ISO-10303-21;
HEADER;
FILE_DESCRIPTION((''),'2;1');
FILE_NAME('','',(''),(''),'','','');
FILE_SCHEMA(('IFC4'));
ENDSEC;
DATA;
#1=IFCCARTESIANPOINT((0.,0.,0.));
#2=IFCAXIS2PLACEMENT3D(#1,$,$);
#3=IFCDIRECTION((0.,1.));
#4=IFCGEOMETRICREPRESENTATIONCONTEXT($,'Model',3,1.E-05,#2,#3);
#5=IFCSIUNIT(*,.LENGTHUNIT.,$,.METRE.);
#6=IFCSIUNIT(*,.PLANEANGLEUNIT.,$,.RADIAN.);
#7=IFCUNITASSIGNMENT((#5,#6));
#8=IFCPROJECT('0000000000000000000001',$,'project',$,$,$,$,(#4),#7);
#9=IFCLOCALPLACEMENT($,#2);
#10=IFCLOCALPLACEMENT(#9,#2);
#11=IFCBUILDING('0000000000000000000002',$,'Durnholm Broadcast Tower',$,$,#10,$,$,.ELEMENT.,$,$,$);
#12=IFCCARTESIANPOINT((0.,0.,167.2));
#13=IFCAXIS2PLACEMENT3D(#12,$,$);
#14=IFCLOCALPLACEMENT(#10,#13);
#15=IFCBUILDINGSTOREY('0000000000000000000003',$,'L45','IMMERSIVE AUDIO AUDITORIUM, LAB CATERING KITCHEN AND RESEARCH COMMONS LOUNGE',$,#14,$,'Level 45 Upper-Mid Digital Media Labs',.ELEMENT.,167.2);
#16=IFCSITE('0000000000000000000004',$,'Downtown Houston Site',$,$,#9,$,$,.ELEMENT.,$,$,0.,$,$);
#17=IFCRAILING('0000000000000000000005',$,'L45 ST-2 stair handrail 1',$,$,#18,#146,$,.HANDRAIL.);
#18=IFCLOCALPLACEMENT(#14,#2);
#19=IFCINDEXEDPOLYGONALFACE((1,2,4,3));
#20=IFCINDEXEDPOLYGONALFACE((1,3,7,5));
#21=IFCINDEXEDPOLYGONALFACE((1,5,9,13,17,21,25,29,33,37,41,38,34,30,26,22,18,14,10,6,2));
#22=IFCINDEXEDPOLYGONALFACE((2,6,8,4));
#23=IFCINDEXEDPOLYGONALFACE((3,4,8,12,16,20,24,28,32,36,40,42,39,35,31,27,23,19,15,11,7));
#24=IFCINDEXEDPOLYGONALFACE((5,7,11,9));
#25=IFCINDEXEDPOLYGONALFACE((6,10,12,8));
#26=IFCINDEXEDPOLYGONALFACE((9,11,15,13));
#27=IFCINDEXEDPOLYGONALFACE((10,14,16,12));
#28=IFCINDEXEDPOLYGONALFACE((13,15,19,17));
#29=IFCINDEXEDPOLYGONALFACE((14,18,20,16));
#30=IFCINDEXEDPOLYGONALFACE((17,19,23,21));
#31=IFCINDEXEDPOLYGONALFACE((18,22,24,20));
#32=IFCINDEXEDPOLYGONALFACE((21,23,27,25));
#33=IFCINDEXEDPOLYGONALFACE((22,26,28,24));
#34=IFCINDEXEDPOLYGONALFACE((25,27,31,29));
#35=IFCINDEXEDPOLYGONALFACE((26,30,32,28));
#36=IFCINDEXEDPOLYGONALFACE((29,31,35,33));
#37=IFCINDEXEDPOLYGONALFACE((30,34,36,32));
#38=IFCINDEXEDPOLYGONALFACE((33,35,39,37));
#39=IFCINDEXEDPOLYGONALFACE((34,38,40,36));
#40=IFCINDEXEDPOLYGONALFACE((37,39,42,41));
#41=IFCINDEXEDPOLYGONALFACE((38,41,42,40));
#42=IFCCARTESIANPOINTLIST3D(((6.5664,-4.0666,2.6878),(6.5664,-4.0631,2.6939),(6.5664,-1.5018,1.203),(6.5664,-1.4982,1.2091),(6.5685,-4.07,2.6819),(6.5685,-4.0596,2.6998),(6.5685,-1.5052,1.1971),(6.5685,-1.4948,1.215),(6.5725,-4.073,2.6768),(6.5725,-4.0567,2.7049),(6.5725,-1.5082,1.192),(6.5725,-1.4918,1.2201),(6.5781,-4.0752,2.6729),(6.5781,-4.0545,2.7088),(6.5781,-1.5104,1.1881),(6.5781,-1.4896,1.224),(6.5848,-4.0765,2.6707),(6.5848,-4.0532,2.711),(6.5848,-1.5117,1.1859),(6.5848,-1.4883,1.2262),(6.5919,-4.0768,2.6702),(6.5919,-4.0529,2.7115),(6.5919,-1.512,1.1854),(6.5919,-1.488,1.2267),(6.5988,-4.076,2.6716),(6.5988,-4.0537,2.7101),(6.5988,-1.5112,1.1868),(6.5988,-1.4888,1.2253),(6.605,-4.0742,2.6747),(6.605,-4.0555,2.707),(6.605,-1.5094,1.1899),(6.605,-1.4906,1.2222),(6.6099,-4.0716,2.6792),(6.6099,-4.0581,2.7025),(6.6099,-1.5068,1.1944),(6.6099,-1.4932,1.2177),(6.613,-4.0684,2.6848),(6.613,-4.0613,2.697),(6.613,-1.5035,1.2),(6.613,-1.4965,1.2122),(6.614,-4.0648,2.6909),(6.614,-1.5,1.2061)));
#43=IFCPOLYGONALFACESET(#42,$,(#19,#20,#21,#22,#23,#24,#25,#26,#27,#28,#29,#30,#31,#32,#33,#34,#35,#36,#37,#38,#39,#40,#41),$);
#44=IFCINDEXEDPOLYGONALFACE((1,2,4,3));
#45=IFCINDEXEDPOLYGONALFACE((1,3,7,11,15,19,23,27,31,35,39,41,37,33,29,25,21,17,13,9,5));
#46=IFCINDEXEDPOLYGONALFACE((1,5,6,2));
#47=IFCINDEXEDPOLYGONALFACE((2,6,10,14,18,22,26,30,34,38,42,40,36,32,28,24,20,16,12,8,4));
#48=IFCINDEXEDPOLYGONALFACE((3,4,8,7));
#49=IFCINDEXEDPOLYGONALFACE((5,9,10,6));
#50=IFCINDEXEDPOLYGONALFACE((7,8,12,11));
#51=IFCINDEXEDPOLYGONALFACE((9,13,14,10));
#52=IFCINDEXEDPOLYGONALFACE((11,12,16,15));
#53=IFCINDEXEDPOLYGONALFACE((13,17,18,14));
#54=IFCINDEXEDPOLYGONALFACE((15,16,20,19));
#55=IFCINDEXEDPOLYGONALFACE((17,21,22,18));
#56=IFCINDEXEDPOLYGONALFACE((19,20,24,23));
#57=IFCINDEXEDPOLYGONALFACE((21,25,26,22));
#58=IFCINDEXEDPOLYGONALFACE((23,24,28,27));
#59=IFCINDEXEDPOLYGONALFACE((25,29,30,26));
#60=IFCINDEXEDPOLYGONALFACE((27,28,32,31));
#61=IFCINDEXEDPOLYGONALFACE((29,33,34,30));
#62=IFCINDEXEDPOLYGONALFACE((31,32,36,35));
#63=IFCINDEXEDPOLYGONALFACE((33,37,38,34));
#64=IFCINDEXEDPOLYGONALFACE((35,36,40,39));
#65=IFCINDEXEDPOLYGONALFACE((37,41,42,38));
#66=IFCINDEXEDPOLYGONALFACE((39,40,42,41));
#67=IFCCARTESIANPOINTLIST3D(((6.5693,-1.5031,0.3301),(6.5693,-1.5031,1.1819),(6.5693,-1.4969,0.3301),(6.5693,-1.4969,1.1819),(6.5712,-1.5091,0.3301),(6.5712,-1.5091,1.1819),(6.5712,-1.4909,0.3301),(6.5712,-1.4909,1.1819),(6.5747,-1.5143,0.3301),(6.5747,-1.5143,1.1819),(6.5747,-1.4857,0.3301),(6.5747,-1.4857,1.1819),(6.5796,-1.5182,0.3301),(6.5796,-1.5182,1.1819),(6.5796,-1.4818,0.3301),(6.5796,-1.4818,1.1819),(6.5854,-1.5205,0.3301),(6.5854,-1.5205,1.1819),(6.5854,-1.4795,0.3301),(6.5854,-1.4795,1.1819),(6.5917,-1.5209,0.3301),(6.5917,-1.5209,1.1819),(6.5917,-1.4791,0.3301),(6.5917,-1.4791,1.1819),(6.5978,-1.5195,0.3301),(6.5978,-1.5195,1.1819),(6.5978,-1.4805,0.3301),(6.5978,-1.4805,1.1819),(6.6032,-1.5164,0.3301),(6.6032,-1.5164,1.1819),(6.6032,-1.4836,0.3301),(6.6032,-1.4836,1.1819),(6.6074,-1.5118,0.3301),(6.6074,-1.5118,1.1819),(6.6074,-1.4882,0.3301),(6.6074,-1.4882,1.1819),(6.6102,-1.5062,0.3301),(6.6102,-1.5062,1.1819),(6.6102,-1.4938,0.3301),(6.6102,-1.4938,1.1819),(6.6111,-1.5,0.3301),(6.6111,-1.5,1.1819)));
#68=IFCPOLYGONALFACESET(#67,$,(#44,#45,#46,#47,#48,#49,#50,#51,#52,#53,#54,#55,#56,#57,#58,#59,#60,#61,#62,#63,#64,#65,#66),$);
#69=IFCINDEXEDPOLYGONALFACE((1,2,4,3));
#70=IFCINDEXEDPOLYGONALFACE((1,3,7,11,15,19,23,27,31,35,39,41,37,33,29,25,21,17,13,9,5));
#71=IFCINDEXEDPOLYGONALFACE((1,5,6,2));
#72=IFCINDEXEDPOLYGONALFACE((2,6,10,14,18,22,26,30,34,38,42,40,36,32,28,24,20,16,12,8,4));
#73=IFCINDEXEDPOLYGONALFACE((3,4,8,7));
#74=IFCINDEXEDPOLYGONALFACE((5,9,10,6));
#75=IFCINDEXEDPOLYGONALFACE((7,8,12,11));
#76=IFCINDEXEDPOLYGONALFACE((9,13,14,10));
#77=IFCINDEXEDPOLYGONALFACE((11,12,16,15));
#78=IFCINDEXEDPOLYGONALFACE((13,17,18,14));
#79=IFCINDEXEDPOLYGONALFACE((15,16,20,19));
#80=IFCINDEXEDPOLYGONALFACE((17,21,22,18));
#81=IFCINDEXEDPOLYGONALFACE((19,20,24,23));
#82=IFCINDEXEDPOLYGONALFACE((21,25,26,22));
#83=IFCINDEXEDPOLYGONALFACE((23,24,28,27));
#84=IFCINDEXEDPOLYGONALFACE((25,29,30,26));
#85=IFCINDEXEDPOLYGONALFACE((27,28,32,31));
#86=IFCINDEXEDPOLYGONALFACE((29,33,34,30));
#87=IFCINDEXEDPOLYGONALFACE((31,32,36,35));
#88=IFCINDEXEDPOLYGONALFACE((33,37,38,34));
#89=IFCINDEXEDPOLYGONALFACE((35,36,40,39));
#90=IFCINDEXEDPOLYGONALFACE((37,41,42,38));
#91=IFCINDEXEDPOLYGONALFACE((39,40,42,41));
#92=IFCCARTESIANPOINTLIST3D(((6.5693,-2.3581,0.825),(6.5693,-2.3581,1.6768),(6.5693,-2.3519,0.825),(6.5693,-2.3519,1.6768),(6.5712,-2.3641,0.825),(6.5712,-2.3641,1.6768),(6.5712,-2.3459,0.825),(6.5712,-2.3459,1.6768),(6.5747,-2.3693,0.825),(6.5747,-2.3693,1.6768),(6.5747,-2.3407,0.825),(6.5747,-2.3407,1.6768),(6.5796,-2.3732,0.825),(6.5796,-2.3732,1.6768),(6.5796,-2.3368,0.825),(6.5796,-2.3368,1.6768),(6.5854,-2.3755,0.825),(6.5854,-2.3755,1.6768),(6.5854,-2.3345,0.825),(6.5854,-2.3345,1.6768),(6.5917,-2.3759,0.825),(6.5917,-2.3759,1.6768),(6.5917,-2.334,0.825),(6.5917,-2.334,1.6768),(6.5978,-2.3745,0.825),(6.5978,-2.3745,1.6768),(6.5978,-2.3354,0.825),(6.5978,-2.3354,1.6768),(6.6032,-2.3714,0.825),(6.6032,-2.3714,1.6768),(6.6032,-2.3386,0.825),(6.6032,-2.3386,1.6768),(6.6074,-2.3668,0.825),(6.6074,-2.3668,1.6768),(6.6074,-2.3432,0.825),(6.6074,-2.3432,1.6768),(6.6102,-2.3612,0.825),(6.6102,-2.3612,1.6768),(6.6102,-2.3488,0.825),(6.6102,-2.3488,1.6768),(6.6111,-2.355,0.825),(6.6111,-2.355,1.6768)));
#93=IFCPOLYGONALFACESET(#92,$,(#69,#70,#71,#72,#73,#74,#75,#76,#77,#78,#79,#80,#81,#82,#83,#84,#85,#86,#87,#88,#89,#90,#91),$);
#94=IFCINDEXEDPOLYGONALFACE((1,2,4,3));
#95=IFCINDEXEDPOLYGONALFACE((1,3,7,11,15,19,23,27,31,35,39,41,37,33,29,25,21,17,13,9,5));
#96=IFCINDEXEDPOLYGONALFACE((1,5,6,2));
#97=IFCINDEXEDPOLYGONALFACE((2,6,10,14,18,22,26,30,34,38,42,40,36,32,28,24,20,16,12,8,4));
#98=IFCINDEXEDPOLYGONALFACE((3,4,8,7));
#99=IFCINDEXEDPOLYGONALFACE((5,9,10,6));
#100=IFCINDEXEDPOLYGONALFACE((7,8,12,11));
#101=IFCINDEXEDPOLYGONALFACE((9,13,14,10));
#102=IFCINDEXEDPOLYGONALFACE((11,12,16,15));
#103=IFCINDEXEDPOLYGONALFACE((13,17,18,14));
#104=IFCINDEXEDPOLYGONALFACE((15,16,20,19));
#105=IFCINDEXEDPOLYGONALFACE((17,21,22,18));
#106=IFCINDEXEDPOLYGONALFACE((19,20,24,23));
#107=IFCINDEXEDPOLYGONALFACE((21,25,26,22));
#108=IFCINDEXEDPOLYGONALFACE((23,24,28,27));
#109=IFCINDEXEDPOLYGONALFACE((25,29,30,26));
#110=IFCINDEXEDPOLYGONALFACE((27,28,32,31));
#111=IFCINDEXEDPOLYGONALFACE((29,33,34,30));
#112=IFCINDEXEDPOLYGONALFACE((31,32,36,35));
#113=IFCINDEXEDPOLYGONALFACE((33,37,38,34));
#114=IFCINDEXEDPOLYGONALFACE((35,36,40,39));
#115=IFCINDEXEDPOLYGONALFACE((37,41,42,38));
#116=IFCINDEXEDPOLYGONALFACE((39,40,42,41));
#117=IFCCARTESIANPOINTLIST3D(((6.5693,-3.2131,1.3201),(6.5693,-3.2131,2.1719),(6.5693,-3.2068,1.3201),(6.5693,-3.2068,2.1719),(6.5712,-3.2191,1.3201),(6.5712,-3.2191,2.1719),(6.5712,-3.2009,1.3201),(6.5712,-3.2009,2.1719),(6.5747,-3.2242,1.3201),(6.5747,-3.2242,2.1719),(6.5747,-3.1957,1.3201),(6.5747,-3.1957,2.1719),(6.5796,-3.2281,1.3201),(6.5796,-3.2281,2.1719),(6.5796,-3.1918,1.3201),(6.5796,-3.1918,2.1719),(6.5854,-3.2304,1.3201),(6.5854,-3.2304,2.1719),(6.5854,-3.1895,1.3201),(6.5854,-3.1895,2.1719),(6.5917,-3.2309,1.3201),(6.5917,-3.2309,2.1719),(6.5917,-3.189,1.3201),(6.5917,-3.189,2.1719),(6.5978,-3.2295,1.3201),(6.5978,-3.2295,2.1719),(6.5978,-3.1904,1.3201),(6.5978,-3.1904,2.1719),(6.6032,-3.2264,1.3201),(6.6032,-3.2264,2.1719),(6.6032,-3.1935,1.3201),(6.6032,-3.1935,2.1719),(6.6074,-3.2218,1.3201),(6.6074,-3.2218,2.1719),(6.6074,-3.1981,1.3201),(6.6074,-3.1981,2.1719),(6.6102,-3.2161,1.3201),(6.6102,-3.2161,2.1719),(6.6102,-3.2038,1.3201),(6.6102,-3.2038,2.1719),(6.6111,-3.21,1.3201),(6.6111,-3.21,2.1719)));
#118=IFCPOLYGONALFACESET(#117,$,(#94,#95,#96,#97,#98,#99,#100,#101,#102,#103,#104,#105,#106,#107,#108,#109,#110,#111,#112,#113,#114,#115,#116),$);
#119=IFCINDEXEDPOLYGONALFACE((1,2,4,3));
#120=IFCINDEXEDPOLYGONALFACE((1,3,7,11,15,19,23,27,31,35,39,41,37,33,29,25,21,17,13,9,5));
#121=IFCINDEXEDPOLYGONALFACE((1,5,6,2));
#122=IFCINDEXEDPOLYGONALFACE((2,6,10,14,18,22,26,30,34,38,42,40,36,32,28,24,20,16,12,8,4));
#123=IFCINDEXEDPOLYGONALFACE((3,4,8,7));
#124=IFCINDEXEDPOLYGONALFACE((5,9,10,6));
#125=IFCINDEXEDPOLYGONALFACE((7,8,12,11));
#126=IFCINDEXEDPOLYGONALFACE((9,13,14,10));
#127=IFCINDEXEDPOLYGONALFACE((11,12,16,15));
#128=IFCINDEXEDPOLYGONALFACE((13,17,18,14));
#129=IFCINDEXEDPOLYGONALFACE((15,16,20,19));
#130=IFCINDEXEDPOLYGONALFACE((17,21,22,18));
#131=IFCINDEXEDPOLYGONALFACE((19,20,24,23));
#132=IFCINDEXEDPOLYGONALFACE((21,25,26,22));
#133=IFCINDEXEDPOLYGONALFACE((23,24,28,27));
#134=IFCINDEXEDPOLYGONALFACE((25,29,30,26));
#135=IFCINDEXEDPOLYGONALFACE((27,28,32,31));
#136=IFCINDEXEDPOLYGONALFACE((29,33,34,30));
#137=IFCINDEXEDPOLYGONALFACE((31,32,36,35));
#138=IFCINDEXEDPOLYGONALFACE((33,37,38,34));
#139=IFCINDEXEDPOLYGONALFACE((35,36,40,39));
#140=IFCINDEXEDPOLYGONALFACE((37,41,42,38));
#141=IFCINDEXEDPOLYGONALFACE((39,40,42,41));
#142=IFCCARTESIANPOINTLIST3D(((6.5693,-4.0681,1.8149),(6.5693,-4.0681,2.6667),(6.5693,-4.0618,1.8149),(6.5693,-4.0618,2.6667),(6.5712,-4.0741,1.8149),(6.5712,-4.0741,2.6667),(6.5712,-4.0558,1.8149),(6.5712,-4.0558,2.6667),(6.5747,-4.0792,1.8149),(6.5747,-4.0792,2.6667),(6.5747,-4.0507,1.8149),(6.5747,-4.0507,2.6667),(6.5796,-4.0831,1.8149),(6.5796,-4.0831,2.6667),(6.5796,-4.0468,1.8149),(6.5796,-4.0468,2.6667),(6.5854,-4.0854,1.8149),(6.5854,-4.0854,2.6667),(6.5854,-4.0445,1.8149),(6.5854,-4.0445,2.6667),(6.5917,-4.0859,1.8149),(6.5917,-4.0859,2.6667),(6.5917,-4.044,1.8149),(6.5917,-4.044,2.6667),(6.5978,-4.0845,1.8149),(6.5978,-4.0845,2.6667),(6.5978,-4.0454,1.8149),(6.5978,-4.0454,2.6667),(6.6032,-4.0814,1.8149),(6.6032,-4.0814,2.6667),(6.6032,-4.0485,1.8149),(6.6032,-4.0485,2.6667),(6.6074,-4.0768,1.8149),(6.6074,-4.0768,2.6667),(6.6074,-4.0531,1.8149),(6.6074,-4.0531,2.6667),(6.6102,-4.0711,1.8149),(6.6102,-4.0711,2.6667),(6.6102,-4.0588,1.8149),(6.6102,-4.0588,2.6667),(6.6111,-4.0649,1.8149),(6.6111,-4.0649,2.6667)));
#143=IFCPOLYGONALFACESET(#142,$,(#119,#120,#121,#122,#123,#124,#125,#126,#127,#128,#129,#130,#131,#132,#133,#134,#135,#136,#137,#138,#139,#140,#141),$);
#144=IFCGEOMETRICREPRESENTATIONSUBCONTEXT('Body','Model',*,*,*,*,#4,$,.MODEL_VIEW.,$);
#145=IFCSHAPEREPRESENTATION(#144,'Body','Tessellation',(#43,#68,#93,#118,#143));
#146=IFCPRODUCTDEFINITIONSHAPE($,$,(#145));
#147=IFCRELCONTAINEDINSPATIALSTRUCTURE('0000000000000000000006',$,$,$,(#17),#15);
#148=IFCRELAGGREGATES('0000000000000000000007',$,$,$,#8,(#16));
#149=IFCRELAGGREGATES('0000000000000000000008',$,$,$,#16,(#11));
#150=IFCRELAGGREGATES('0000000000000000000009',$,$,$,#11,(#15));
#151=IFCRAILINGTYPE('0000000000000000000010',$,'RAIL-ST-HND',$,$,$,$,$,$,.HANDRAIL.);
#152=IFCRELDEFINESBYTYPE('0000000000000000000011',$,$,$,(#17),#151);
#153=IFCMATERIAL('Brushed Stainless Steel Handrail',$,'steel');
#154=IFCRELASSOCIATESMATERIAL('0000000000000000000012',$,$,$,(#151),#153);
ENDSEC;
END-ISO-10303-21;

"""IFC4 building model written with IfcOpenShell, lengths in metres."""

from ifc_helpers import new_model, si_unit, direction, frame, origin, origin_2d, place, context, subcontext, project, spatial, circle, extrude, material, type_object, element, save


model = new_model("IFC4")

# Units and contexts
model_context = context("Model", 3, precision=1e-05, world=origin(), true_north=direction((0.0, 1.0)))
body_context = subcontext(model_context, "Body", "Model", "MODEL_VIEW")
ifc_project = project(units=[si_unit("LENGTHUNIT", "METRE"), si_unit("PLANEANGLEUNIT", "RADIAN")], contexts=[model_context])

# Site, building, storey
site_placement = place(None, origin())
site = spatial("IfcSite", under=ifc_project, at=site_placement, Name="Downtown Houston Site", CompositionType="ELEMENT", RefElevation=0.0)
building_placement = place(site_placement, origin())
building = spatial("IfcBuilding", under=site, at=building_placement, Name="Durnholm Broadcast Tower", CompositionType="ELEMENT")
storey_placement = place(building_placement, frame((0.0, 0.0, 167.2)))
storey = spatial("IfcBuildingStorey", under=building, at=storey_placement, Name="L45", Description="IMMERSIVE AUDIO AUDITORIUM, LAB CATERING KITCHEN AND RESEARCH COMMONS LOUNGE", LongName="Level 45 Upper-Mid Digital Media Labs", CompositionType="ELEMENT", Elevation=167.2)

# Railing
ifc_material_1 = material(Name="Brushed Stainless Steel Handrail", Category="steel")
railing_type_1 = type_object("IfcRailingType", Name="RAIL-ST-HND", PredefinedType="HANDRAIL", material=ifc_material_1)
railing_1_placement = place(storey_placement, frame((6.5901, -1.5, 0.3301)))
element("IfcRailing", 1, at=railing_1_placement, inside=storey, type_object=railing_type_1, Name="L45 ST-2 stair handrail 1", PredefinedType="HANDRAIL", context=body_context, shape_type="SweptSolid", body=[
    extrude(circle(Radius=0.0239, at=origin_2d()), frame((0.0, 0.0, 0.876), z_axis=(0.0, -0.865441, 0.50101), x_axis=(1.0, 0.0, 0.0)), (0.0, 0.0, 1.0), 2.9636),
    extrude(circle(Radius=0.021, at=origin_2d()), origin(), (0.0, 0.0, 1.0), 0.8518),
    extrude(circle(Radius=0.021, at=origin_2d()), frame((0.0, -0.855, 0.4949)), (0.0, 0.0, 1.0), 0.8518),
    extrude(circle(Radius=0.021, at=origin_2d()), frame((0.0, -1.71, 0.99)), (0.0, 0.0, 1.0), 0.8518),
    extrude(circle(Radius=0.021, at=origin_2d()), frame((0.0, -2.5649, 1.4849)), (0.0, 0.0, 1.0), 0.8518),
])

save(model, "model.ifc")
